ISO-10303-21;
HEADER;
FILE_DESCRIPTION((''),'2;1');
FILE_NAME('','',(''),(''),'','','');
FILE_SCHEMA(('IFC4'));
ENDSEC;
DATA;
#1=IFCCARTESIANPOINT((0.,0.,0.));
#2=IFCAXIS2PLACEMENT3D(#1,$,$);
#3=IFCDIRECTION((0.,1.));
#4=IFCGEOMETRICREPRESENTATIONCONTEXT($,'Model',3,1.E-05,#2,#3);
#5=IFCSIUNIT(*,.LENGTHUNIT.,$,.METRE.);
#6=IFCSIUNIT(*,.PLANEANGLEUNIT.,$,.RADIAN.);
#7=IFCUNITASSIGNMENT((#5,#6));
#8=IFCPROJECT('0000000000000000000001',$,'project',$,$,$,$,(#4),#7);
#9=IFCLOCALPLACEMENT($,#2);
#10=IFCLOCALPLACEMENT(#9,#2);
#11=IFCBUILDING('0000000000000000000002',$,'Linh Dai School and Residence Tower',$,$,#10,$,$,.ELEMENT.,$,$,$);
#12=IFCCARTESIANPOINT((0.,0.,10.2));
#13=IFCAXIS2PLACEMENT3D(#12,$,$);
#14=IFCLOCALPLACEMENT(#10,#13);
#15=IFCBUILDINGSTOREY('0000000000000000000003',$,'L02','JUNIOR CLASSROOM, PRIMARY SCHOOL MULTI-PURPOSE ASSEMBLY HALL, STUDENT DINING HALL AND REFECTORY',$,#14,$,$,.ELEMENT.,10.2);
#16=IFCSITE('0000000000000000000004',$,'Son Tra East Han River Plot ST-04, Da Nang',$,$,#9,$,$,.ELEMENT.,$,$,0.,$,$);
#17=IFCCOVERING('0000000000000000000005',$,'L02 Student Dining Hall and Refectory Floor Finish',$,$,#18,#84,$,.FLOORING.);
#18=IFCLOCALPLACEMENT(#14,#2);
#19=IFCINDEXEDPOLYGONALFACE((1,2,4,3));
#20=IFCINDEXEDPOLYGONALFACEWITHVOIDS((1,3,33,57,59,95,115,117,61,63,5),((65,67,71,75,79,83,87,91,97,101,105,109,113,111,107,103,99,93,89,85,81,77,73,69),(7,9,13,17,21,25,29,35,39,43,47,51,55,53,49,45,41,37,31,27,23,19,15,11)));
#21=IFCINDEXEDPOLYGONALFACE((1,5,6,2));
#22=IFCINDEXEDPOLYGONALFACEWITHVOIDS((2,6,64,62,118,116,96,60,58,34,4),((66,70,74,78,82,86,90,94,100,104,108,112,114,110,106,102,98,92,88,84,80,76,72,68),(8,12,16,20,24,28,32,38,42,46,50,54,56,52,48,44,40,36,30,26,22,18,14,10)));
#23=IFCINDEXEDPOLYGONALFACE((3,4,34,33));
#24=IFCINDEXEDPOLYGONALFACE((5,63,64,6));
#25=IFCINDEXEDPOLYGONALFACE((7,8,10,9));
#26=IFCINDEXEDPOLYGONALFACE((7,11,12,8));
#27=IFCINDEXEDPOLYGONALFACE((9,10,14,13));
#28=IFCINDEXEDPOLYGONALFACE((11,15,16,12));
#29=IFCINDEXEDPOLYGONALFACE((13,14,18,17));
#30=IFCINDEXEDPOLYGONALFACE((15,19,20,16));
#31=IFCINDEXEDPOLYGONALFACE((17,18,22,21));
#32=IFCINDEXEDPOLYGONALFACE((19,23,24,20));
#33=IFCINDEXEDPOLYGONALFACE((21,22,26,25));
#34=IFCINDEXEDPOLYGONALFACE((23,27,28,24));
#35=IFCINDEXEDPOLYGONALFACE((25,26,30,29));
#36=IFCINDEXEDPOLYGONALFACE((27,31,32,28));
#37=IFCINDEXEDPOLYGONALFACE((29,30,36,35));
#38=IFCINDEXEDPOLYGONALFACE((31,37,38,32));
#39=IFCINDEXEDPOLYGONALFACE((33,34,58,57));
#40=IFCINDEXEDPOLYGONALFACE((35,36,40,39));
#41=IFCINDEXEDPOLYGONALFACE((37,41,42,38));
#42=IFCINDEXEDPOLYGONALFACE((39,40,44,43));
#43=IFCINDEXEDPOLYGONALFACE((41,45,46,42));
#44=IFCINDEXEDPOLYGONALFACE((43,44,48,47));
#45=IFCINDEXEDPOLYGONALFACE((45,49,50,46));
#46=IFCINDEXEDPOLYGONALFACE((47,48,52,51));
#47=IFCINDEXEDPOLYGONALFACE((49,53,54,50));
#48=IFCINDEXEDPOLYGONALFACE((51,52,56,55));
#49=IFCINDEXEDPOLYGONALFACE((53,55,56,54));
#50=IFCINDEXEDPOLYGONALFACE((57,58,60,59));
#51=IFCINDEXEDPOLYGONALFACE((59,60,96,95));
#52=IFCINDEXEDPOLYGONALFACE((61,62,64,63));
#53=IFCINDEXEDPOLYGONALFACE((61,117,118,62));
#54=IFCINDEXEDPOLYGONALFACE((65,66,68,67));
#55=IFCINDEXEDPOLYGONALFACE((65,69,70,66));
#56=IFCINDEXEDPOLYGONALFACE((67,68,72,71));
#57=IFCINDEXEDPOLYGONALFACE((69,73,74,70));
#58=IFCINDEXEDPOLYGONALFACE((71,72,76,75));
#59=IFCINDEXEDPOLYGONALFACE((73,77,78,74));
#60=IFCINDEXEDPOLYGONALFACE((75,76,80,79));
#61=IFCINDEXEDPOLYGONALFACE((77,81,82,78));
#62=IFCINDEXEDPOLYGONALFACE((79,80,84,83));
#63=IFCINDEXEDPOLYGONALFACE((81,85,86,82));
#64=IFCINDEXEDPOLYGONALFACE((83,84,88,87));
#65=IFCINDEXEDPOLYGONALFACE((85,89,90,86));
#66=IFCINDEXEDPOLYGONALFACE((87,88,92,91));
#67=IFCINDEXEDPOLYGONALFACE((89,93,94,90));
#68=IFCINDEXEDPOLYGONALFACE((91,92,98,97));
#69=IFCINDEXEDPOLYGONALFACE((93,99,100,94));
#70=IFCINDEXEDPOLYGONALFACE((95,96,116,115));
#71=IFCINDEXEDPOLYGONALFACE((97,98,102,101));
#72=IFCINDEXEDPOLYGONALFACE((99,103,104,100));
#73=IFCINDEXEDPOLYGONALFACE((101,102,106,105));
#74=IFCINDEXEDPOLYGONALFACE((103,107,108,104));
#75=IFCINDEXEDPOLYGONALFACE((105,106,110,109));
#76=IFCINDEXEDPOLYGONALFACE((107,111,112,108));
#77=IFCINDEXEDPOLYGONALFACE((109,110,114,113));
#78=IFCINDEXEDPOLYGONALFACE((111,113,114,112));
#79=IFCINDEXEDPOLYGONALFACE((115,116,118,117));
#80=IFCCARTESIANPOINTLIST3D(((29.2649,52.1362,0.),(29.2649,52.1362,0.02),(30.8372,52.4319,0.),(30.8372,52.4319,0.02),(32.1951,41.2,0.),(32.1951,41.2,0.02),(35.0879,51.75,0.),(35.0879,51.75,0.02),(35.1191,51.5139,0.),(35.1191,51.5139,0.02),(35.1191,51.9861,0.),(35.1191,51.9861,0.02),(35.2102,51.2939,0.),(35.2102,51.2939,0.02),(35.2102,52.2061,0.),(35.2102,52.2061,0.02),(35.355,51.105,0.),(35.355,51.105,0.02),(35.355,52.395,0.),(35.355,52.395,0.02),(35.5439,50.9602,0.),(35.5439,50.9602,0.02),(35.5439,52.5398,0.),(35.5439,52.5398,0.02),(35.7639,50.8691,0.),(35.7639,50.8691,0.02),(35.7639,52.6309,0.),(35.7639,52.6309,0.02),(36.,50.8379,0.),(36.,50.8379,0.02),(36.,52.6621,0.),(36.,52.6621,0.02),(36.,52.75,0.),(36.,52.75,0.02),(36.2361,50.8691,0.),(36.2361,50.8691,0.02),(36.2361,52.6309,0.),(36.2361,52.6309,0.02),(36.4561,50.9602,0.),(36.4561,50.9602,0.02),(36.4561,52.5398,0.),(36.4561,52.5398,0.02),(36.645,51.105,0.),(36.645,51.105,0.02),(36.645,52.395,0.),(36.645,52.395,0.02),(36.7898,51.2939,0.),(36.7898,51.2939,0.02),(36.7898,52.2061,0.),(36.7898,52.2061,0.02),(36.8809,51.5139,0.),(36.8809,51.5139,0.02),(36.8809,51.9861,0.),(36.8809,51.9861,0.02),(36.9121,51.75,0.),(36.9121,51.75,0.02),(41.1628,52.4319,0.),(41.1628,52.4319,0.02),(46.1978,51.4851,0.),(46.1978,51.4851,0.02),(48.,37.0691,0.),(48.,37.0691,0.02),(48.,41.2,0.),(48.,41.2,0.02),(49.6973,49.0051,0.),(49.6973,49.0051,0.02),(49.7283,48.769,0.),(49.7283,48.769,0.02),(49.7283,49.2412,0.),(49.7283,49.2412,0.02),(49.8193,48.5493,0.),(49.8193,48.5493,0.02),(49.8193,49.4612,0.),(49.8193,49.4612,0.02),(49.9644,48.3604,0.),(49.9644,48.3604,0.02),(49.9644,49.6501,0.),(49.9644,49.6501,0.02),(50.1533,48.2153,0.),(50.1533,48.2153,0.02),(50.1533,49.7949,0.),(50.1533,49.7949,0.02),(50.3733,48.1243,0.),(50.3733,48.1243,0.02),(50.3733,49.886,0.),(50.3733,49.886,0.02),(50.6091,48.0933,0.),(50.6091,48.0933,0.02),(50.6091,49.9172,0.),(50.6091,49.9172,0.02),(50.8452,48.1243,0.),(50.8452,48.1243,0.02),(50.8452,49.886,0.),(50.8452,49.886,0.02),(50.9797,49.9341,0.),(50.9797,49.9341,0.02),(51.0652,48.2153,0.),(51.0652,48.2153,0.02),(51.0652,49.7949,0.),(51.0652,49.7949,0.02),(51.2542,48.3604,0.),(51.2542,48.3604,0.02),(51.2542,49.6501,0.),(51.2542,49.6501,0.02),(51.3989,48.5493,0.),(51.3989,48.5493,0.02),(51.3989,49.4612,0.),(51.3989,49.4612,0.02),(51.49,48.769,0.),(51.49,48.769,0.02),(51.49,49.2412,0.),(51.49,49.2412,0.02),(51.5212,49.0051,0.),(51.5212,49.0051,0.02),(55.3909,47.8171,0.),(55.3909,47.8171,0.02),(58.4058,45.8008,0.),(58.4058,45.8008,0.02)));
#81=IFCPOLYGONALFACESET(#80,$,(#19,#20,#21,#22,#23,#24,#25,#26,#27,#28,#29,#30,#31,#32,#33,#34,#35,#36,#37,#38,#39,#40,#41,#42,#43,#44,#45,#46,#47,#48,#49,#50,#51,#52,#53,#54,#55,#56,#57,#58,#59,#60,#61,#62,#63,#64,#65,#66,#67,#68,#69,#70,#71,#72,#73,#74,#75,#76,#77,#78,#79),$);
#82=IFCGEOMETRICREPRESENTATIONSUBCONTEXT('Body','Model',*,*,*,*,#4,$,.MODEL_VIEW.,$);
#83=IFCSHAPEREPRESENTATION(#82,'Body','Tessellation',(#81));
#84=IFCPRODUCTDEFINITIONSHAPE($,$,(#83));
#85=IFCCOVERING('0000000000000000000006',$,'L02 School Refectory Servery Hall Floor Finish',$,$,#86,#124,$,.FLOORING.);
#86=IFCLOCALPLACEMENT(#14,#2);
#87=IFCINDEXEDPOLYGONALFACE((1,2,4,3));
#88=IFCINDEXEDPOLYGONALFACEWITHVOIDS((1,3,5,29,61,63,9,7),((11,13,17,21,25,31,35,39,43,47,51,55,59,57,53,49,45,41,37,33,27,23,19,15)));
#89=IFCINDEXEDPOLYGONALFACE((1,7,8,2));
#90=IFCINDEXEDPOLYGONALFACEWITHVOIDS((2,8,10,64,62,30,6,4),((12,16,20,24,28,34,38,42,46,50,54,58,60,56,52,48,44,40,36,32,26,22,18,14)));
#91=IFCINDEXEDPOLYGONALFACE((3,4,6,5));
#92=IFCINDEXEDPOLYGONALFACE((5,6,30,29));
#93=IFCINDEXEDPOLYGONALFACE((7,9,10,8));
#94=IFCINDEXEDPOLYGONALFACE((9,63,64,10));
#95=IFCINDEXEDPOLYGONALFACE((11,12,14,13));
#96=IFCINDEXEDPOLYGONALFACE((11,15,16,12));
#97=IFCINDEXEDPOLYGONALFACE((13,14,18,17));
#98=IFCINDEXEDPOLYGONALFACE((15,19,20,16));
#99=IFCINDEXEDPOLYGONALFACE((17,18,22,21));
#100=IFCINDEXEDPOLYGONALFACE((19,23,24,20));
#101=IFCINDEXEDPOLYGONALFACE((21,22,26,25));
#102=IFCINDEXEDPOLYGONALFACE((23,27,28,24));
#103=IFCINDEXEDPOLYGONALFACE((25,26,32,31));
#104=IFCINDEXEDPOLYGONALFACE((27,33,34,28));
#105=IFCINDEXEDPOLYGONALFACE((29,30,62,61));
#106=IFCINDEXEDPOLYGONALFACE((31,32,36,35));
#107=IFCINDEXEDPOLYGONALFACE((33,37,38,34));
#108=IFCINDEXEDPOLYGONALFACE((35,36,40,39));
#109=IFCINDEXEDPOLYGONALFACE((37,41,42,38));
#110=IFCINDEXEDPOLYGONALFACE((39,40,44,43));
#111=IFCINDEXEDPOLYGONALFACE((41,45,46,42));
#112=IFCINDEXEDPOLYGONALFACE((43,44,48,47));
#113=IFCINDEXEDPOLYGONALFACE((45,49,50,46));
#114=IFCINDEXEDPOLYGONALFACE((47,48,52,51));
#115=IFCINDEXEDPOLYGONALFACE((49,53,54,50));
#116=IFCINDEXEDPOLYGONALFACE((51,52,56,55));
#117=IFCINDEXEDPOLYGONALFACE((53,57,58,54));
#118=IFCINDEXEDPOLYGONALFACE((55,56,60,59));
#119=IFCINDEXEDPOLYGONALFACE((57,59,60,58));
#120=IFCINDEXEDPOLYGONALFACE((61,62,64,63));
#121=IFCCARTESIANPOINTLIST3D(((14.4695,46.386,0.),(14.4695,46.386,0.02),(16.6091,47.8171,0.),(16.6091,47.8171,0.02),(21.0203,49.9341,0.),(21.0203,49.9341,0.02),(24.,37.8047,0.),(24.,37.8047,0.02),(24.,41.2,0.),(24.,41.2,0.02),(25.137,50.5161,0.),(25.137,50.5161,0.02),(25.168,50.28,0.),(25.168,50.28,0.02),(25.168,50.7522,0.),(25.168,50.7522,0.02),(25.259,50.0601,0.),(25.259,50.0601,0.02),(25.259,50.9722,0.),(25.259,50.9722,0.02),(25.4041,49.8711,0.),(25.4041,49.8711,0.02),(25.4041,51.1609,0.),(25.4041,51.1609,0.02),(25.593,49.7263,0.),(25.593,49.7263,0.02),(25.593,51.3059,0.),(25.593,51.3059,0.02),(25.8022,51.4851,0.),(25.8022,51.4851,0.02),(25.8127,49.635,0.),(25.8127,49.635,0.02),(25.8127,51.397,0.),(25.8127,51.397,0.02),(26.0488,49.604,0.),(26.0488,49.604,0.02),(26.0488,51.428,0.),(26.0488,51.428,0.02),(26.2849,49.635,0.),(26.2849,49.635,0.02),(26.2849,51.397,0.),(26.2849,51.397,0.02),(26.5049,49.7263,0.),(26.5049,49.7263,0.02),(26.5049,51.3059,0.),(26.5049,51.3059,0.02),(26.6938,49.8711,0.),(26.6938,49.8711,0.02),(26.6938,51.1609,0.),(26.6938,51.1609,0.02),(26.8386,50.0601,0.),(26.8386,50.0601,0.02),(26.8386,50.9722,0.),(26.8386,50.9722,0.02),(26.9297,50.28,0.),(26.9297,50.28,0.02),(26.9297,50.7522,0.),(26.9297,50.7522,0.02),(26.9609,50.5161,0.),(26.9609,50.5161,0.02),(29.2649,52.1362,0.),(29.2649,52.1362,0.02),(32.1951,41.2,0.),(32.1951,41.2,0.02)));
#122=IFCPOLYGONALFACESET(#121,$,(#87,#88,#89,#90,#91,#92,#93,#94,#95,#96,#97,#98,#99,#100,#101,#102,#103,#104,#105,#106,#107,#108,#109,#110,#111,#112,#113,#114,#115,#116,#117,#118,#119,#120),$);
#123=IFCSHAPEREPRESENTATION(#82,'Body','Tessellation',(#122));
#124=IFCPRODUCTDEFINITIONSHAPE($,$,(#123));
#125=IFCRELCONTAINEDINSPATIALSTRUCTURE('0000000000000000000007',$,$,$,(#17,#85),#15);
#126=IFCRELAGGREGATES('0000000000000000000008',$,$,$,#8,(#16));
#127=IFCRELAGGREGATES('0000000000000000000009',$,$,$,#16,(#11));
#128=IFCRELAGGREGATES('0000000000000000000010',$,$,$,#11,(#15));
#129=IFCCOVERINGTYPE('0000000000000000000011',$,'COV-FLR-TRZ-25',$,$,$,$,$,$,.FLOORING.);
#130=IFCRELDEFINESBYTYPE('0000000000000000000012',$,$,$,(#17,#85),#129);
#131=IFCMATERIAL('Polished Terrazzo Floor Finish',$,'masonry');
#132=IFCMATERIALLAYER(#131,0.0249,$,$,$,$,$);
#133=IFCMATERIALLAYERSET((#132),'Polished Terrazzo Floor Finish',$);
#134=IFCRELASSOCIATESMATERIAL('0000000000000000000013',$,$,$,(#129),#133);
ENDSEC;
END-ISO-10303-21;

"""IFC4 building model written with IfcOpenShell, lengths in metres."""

from ifc_helpers import new_model, si_unit, direction, frame, origin, place, context, subcontext, project, spatial, polyline, outline, extrude, material, layer, layer_set, type_object, element, save


model = new_model("IFC4")

# Units and contexts
model_context = context("Model", 3, precision=1e-05, world=origin(), true_north=direction((0.0, 1.0)))
body_context = subcontext(model_context, "Body", "Model", "MODEL_VIEW")
ifc_project = project(units=[si_unit("LENGTHUNIT", "METRE"), si_unit("PLANEANGLEUNIT", "RADIAN")], contexts=[model_context])

# Site, building, storey
site_placement = place(None, origin())
site = spatial("IfcSite", under=ifc_project, at=site_placement, Name="Son Tra East Han River Plot ST-04, Da Nang", CompositionType="ELEMENT", RefElevation=0.0)
building_placement = place(site_placement, origin())
building = spatial("IfcBuilding", under=site, at=building_placement, Name="Linh Dai School and Residence Tower", CompositionType="ELEMENT")
storey_placement = place(building_placement, frame((0.0, 0.0, 10.2)))
storey = spatial("IfcBuildingStorey", under=building, at=storey_placement, Name="L02", Description="JUNIOR CLASSROOM, PRIMARY SCHOOL MULTI-PURPOSE ASSEMBLY HALL, STUDENT DINING HALL AND REFECTORY", CompositionType="ELEMENT", Elevation=10.2)

# Coverings
ifc_material_1 = material(Name="Polished Terrazzo Floor Finish", Category="masonry")
ifc_layer_1 = layer(ifc_material_1, 0.0249)
ifc_layer_set_1 = layer_set([ifc_layer_1], Name="Polished Terrazzo Floor Finish")
covering_type_1 = type_object("IfcCoveringType", Name="COV-FLR-TRZ-25", PredefinedType="FLOORING", material=ifc_layer_set_1)
covering_1_placement = place(storey_placement, origin())
element("IfcCovering", 1, at=covering_1_placement, inside=storey, type_object=covering_type_1, Name="L02 Student Dining Hall and Refectory Floor Finish", PredefinedType="FLOORING", context=body_context, shape_type="SweptSolid", body=[
    extrude(outline(polyline([(36.0, 52.75), (41.1628, 52.4319), (46.1978, 51.4851), (50.9797, 49.9341), (55.3909, 47.8171), (58.4058, 45.8008), (48.0, 37.0691), (48.0, 41.2), (32.1951, 41.2), (29.2649, 52.1362), (30.8372, 52.4319), (36.0, 52.75)]), holes=[polyline([(51.49, 48.769), (51.5212, 49.0051), (51.49, 49.2412), (51.3989, 49.4612), (51.2542, 49.6501), (51.0652, 49.7949), (50.8452, 49.886), (50.6091, 49.9172), (50.3733, 49.886), (50.1533, 49.7949), (49.9644, 49.6501), (49.8193, 49.4612), (49.7283, 49.2412), (49.6973, 49.0051), (49.7283, 48.769), (49.8193, 48.5493), (49.9644, 48.3604), (50.1533, 48.2153), (50.3733, 48.1243), (50.6091, 48.0933), (50.8452, 48.1243), (51.0652, 48.2153), (51.2542, 48.3604), (51.3989, 48.5493), (51.49, 48.769)]), polyline([(36.8809, 51.5139), (36.9121, 51.75), (36.8809, 51.9861), (36.7898, 52.2061), (36.645, 52.395), (36.4561, 52.5398), (36.2361, 52.6309), (36.0, 52.6621), (35.7639, 52.6309), (35.5439, 52.5398), (35.355, 52.395), (35.2102, 52.2061), (35.1191, 51.9861), (35.0879, 51.75), (35.1191, 51.5139), (35.2102, 51.2939), (35.355, 51.105), (35.5439, 50.9602), (35.7639, 50.8691), (36.0, 50.8379), (36.2361, 50.8691), (36.4561, 50.9602), (36.645, 51.105), (36.7898, 51.2939), (36.8809, 51.5139)])]), origin(), (0.0, 0.0, 1.0), 0.02),
])
covering_2_placement = place(storey_placement, origin())
element("IfcCovering", 2, at=covering_2_placement, inside=storey, type_object=covering_type_1, Name="L02 School Refectory Servery Hall Floor Finish", PredefinedType="FLOORING", context=body_context, shape_type="SweptSolid", body=[
    extrude(outline(polyline([(21.0203, 49.9341), (25.8022, 51.4851), (29.2649, 52.1362), (32.1951, 41.2), (24.0, 41.2), (24.0, 37.8047), (14.4695, 46.386), (16.6091, 47.8171), (21.0203, 49.9341)]), holes=[polyline([(26.9297, 50.7522), (26.8386, 50.9722), (26.6938, 51.1609), (26.5049, 51.3059), (26.2849, 51.397), (26.0488, 51.428), (25.8127, 51.397), (25.593, 51.3059), (25.4041, 51.1609), (25.259, 50.9722), (25.168, 50.7522), (25.137, 50.5161), (25.168, 50.28), (25.259, 50.0601), (25.4041, 49.8711), (25.593, 49.7263), (25.8127, 49.635), (26.0488, 49.604), (26.2849, 49.635), (26.5049, 49.7263), (26.6938, 49.8711), (26.8386, 50.0601), (26.9297, 50.28), (26.9609, 50.5161), (26.9297, 50.7522)])]), origin(), (0.0, 0.0, 1.0), 0.02),
])

save(model, "model.ifc")
